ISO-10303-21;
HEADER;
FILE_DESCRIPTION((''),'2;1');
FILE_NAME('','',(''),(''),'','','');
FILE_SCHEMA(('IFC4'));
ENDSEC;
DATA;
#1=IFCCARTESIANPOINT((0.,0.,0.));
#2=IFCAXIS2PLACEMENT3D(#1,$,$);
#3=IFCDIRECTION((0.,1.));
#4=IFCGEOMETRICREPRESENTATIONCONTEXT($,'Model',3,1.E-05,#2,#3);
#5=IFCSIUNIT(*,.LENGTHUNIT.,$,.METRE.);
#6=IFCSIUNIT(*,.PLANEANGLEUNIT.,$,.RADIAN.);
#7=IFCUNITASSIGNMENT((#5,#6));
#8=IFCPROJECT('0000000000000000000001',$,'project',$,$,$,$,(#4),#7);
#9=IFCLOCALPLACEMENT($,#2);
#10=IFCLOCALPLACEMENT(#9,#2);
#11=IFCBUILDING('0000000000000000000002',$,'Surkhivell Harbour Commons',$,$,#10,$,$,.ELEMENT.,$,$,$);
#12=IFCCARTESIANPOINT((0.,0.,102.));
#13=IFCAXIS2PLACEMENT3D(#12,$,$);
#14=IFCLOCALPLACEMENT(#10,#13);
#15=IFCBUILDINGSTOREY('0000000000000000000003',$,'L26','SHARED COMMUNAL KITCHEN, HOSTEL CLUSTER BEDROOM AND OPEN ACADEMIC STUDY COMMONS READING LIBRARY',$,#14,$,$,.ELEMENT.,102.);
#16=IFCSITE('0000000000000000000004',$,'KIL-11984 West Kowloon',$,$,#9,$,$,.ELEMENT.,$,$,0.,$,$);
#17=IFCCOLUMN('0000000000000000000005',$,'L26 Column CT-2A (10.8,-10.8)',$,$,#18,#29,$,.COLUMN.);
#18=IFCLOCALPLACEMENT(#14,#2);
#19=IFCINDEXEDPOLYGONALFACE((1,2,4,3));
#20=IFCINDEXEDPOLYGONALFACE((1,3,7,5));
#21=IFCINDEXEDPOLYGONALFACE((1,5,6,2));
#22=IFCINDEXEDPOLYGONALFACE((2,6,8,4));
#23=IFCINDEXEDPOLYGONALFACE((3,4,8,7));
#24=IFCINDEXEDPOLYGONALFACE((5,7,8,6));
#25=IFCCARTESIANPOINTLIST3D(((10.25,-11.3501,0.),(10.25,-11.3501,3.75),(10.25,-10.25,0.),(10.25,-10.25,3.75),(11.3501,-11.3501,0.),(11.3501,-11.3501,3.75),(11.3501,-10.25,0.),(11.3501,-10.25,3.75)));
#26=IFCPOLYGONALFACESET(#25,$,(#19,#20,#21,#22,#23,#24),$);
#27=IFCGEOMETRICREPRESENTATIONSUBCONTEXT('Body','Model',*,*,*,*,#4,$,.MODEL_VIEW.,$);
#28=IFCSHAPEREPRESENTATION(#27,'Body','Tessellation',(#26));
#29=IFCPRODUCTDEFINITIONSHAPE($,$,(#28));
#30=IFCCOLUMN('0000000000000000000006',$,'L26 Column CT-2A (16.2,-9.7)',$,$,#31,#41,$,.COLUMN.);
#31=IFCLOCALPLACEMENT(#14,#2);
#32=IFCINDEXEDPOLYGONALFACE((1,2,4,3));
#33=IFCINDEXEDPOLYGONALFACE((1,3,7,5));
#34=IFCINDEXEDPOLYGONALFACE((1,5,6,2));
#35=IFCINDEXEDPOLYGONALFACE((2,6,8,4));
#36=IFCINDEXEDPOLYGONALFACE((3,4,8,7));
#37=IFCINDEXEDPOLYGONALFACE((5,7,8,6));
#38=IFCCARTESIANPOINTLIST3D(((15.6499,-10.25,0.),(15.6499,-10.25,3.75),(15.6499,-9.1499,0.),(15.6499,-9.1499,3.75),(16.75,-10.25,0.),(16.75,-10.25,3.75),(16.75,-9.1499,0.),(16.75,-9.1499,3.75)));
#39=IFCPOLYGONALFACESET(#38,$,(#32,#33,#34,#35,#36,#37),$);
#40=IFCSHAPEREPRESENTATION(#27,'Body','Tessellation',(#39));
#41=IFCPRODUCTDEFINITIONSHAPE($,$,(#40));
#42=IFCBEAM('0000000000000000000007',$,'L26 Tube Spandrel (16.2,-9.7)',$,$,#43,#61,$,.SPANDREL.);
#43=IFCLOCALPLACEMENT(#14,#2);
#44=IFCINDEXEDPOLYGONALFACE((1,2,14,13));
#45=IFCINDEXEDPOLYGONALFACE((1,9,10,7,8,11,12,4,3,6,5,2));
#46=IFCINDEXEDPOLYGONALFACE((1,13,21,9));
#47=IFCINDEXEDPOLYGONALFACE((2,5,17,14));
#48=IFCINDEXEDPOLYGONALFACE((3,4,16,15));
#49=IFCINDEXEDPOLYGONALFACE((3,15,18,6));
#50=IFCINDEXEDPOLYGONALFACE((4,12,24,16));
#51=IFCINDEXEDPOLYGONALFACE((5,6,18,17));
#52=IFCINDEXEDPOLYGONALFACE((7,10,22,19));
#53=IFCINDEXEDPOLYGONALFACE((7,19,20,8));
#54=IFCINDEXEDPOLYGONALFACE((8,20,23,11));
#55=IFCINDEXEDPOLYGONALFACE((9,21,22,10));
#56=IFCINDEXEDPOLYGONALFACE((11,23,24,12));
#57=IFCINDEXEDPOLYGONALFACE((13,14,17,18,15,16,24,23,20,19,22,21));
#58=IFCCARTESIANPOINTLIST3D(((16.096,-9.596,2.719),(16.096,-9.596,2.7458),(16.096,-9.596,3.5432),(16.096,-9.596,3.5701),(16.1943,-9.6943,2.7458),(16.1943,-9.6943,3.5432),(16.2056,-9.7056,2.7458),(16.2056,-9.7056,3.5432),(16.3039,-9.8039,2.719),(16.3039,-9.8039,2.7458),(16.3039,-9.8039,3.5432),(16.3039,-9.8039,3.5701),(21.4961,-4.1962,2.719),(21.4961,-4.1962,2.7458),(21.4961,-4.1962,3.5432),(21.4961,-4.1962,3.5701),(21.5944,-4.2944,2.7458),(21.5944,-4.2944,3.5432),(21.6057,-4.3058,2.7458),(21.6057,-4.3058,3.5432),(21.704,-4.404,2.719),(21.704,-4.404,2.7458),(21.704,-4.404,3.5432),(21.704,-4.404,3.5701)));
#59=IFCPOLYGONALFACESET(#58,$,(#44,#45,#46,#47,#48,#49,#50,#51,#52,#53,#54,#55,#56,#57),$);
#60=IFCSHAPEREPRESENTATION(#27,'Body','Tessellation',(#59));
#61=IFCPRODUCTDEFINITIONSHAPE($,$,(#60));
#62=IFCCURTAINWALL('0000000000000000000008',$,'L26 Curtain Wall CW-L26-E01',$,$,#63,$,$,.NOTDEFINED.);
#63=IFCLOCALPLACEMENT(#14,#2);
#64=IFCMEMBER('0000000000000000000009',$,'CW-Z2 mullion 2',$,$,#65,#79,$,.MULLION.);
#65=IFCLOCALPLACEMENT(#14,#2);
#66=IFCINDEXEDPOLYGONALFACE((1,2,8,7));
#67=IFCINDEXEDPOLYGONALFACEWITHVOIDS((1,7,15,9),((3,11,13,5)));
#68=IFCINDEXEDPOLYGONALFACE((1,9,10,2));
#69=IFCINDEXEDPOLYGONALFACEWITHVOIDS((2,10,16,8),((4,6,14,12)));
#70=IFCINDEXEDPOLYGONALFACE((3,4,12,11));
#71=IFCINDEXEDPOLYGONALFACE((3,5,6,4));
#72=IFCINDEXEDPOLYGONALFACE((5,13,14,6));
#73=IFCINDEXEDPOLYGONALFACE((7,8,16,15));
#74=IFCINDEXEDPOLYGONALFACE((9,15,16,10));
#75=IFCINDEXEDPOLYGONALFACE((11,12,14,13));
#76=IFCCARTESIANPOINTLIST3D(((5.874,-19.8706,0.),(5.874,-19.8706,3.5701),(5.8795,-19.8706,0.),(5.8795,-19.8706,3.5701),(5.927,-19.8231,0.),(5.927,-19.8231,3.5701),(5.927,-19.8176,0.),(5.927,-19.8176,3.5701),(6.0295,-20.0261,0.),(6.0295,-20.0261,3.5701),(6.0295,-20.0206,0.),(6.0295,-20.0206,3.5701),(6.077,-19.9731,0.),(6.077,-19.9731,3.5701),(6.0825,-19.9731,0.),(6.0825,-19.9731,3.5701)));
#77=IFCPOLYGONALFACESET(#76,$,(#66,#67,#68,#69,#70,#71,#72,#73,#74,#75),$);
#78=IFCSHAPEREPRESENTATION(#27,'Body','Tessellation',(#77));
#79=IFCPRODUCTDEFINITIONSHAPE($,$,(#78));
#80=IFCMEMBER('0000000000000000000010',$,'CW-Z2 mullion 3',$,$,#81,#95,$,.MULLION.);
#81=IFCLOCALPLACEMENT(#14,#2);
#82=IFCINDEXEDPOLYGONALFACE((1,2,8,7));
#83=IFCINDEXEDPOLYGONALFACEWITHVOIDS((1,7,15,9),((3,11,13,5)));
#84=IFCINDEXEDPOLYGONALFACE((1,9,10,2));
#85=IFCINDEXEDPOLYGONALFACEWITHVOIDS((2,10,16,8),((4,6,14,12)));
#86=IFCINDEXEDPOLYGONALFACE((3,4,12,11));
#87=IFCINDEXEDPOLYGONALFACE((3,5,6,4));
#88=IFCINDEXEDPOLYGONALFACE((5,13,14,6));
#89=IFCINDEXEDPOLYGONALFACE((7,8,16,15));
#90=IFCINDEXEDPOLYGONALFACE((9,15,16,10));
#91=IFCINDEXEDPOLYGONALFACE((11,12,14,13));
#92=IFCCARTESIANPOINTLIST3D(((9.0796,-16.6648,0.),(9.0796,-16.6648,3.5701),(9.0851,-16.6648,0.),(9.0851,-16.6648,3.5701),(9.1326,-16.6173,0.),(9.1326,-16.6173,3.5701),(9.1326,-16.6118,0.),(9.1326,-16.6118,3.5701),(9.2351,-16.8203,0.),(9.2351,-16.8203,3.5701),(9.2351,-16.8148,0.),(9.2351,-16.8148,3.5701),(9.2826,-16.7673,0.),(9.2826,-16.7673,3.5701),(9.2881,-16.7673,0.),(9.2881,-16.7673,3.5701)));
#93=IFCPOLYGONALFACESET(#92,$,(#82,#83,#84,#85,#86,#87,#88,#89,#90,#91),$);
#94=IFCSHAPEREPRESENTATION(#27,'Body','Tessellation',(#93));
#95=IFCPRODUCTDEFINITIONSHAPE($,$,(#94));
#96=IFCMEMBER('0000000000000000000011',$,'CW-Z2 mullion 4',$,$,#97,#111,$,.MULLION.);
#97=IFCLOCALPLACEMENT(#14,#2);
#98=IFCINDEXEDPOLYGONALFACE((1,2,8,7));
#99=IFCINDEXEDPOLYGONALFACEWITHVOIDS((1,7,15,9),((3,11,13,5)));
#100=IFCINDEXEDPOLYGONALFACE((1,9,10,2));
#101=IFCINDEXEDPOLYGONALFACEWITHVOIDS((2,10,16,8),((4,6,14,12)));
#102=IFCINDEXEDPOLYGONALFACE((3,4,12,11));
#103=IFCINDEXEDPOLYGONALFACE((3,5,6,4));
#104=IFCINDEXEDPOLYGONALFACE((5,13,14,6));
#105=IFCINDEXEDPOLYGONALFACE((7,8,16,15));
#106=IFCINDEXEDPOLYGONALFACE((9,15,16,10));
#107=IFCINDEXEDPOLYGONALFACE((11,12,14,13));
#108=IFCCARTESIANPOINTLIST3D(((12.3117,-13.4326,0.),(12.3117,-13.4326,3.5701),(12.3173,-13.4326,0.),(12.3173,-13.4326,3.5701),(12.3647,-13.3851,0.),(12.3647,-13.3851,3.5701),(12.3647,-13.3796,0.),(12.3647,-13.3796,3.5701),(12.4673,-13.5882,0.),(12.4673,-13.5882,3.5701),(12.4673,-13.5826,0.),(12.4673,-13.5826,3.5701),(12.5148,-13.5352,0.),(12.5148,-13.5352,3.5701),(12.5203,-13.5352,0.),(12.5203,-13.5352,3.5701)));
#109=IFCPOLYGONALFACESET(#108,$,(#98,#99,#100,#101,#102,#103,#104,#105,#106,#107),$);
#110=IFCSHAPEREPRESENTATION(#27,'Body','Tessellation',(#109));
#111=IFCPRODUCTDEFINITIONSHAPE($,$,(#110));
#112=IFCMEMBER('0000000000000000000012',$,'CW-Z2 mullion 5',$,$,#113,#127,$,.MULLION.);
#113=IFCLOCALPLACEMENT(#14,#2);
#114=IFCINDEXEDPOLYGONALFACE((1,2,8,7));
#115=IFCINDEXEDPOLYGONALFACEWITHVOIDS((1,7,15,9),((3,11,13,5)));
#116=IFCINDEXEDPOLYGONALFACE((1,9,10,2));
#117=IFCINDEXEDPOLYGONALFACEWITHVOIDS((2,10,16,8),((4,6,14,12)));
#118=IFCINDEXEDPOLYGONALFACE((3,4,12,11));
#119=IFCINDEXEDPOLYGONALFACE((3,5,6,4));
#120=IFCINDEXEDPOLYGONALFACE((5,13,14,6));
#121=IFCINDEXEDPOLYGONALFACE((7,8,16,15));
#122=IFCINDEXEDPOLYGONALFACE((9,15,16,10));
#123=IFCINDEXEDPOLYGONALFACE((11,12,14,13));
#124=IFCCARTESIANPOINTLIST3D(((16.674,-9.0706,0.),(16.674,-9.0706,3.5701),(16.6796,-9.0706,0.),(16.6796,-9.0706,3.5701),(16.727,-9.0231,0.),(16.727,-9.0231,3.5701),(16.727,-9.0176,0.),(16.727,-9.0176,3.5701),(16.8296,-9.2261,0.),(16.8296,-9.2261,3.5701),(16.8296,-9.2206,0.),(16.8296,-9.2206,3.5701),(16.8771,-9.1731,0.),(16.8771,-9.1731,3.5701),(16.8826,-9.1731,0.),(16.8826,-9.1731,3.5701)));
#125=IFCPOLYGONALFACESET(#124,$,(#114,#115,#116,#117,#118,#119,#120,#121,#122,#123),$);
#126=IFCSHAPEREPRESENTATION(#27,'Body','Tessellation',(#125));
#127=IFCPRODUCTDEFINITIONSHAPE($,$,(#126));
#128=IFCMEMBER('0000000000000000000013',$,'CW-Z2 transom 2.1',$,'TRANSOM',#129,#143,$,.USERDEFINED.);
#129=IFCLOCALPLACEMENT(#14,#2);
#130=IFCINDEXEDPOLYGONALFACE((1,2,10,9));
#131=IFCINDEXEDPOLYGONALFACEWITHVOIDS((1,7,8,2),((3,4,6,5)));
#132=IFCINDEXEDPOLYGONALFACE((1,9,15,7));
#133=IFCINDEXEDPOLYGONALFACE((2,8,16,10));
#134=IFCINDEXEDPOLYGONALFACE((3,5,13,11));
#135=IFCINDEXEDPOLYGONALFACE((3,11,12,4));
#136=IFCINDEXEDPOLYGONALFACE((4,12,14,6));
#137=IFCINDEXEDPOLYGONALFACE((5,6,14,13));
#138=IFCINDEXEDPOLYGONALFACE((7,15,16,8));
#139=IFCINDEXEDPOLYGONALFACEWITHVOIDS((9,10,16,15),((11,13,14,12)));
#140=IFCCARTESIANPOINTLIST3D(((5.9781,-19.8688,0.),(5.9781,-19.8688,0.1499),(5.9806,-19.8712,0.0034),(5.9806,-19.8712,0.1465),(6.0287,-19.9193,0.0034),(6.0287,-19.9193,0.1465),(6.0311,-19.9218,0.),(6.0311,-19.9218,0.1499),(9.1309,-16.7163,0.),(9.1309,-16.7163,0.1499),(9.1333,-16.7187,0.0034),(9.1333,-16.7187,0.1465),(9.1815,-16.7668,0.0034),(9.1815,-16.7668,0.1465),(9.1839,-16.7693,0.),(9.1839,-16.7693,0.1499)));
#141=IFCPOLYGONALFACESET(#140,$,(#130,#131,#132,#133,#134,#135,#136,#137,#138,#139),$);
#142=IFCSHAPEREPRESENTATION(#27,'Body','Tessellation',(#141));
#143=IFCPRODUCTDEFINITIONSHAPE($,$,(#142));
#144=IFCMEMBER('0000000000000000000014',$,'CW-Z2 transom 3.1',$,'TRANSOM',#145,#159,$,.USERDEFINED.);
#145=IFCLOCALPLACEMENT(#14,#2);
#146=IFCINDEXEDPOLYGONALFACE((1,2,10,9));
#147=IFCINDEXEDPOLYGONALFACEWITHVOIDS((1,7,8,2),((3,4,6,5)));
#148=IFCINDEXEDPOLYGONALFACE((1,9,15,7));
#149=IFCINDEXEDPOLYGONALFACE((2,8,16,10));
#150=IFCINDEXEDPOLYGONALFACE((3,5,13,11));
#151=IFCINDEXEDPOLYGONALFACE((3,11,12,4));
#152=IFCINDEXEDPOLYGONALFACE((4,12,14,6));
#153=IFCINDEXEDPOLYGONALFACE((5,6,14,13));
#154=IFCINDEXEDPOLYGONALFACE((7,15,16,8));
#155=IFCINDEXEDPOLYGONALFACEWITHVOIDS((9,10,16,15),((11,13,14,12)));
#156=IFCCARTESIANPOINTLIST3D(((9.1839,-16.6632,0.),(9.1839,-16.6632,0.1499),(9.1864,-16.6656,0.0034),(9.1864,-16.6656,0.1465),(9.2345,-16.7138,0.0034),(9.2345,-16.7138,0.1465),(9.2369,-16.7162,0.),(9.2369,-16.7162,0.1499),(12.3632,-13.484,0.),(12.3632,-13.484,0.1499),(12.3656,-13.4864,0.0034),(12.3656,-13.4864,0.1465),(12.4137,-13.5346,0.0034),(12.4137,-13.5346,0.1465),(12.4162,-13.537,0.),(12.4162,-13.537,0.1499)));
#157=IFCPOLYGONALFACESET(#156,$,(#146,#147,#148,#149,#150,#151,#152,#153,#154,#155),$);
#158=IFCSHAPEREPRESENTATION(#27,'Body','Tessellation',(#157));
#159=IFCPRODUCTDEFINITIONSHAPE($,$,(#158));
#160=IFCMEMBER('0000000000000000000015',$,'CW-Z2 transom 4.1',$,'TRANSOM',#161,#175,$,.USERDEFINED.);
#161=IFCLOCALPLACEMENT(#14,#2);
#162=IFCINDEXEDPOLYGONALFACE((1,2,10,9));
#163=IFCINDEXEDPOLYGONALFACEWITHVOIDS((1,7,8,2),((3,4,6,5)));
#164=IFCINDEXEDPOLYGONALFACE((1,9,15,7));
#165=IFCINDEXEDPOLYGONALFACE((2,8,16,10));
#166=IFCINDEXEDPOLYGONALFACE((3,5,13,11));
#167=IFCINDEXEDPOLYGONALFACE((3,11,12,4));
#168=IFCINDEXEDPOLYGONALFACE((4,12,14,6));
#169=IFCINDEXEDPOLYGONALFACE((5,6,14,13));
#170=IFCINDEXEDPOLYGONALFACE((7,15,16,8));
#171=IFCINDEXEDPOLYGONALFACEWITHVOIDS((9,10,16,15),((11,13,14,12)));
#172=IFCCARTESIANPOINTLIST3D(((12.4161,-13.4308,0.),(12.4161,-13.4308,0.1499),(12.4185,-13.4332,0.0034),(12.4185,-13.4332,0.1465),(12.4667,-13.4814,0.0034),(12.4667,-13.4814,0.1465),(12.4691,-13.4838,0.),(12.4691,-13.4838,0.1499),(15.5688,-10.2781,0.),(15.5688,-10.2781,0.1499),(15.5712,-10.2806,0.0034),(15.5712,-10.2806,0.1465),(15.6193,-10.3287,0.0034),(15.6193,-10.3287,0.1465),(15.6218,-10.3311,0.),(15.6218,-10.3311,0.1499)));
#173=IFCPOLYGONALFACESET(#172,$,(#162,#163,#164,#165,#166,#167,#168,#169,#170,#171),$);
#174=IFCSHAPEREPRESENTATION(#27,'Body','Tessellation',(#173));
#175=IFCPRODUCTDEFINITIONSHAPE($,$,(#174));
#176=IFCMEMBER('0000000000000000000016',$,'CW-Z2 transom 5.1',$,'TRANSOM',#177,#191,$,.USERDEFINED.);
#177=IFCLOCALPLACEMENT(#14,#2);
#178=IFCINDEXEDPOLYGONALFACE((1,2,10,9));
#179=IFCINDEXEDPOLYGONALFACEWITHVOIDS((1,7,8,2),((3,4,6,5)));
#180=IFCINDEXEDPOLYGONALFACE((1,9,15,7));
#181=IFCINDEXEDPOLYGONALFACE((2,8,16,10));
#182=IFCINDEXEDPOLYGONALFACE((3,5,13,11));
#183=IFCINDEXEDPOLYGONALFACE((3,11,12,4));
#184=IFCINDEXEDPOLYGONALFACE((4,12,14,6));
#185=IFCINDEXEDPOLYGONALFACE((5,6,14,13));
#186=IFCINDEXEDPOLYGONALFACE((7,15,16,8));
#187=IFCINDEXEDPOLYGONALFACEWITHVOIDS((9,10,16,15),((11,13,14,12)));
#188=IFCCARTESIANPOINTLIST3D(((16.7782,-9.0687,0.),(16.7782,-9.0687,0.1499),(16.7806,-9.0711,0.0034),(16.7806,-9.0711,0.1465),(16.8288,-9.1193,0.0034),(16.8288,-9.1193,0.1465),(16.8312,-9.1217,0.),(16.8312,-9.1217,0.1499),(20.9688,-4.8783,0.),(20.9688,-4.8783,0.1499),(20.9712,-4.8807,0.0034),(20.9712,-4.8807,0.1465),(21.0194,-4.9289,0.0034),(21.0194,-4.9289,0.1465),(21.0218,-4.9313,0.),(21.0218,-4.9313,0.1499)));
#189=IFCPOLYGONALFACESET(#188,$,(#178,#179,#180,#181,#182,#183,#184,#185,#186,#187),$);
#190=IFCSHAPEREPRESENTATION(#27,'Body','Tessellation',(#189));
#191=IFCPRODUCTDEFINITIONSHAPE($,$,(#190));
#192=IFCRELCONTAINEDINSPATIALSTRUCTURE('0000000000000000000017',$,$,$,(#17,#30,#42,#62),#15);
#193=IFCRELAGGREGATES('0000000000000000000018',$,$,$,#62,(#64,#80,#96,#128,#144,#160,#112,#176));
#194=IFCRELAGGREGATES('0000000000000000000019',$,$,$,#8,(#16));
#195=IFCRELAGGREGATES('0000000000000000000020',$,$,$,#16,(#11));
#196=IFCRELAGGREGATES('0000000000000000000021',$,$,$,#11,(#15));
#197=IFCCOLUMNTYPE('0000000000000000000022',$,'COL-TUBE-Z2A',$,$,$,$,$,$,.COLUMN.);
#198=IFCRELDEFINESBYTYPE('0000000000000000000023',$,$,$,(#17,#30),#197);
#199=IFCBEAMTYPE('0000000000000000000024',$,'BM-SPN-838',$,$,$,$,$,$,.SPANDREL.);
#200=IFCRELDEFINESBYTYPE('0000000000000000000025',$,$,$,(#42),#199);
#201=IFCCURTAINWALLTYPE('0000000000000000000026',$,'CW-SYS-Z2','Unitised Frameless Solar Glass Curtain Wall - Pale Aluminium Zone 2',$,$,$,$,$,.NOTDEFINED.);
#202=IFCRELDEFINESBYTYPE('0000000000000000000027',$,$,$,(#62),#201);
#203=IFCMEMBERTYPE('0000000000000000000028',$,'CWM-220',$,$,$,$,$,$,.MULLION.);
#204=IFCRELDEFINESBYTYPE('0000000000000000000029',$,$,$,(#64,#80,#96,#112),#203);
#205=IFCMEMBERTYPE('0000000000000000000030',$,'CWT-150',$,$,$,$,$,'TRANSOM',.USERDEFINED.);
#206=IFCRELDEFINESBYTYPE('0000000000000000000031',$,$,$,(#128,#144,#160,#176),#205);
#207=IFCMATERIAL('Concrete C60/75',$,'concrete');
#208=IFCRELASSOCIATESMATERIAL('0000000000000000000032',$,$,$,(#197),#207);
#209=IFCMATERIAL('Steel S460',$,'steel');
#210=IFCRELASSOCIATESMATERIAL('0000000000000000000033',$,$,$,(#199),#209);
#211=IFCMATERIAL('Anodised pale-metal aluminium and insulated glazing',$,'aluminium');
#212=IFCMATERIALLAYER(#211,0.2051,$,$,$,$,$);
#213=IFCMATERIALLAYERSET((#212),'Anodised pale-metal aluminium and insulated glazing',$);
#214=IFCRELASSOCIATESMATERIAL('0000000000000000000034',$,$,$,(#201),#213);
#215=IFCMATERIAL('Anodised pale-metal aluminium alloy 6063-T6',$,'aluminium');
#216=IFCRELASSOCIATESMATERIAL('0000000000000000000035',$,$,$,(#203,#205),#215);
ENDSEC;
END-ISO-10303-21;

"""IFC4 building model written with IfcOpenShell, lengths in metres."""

from ifc_helpers import new_model, si_unit, direction, frame, origin, origin_2d, place, context, subcontext, project, spatial, rectangle, hollow_rectangle, i_section, extrude, material, layer, layer_set, material_profile, profile_set, type_object, element, aggregate, save


model = new_model("IFC4")

# Units and contexts
model_context = context("Model", 3, precision=1e-05, world=origin(), true_north=direction((0.0, 1.0)))
body_context = subcontext(model_context, "Body", "Model", "MODEL_VIEW")
ifc_project = project(units=[si_unit("LENGTHUNIT", "METRE"), si_unit("PLANEANGLEUNIT", "RADIAN")], contexts=[model_context])

# Site, building, storey
site_placement = place(None, origin())
site = spatial("IfcSite", under=ifc_project, at=site_placement, Name="KIL-11984 West Kowloon", CompositionType="ELEMENT", RefElevation=0.0)
building_placement = place(site_placement, origin())
building = spatial("IfcBuilding", under=site, at=building_placement, Name="Surkhivell Harbour Commons", CompositionType="ELEMENT")
storey_placement = place(building_placement, frame((0.0, 0.0, 102.0)))
storey = spatial("IfcBuildingStorey", under=building, at=storey_placement, Name="L26", Description="SHARED COMMUNAL KITCHEN, HOSTEL CLUSTER BEDROOM AND OPEN ACADEMIC STUDY COMMONS READING LIBRARY", CompositionType="ELEMENT", Elevation=102.0)

# Columns
ifc_material_1 = material(Name="Concrete C60/75", Category="concrete")
ifc_material_profile_1 = material_profile(ifc_material_1, rectangle(XDim=1.1001, YDim=1.1001, at=origin_2d()), Name="RC-COL-1100x1100")
ifc_profile_set_1 = profile_set([ifc_material_profile_1], Name="Concrete C60/75")
column_type = type_object("IfcColumnType", Name="COL-TUBE-Z2A", PredefinedType="COLUMN", material=ifc_profile_set_1)
for number, where, z_axis, x_axis, name in (
    (1, (10.8, -10.8, 0.0), (0.0, 0.0, 1.0), (1.0, 0.0, 0.0), "L26 Column CT-2A (10.8,-10.8)"),
    (2, (16.2, -9.7, 0.0), (0.0, 0.0, 1.0), (1.0, 0.0, 0.0), "L26 Column CT-2A (16.2,-9.7)"),
):
    element("IfcColumn", number, at=place(storey_placement, frame(where, z_axis=z_axis, x_axis=x_axis)), inside=storey, type_object=column_type, Name=name, PredefinedType="COLUMN", context=body_context, shape_type="SweptSolid", body=[
        extrude(rectangle(XDim=1.1001, YDim=1.1001, at=origin_2d()), origin(), (0.0, 0.0, 1.0), 3.75),
    ])

# Beam
ifc_material_2 = material(Name="Steel S460", Category="steel")
ifc_material_profile_2 = material_profile(ifc_material_2, i_section(OverallWidth=0.2939, OverallDepth=0.8511, WebThickness=0.0161, FlangeThickness=0.0269, at=origin_2d()), Name="UB838x292x226")
ifc_profile_set_2 = profile_set([ifc_material_profile_2], Name="Steel S460")
beam_type = type_object("IfcBeamType", Name="BM-SPN-838", PredefinedType="SPANDREL", material=ifc_profile_set_2)
beam_placement = place(storey_placement, frame((16.2, -9.7, 3.1445), z_axis=(0.707123, 0.707091, 0.0), x_axis=(-0.707091, 0.707123, 0.0)))
element("IfcBeam", 3, at=beam_placement, inside=storey, type_object=beam_type, Name="L26 Tube Spandrel (16.2,-9.7)", PredefinedType="SPANDREL", context=body_context, shape_type="SweptSolid", body=[
    extrude(i_section(OverallWidth=0.2939, OverallDepth=0.8511, WebThickness=0.0161, FlangeThickness=0.0269, at=origin_2d()), origin(), (0.0, 0.0, 1.0), 7.6367),
])

# Curtain wall, members
ifc_material_3 = material(Name="Anodised pale-metal aluminium and insulated glazing", Category="aluminium")
ifc_layer_1 = layer(ifc_material_3, 0.2051)
ifc_layer_set_1 = layer_set([ifc_layer_1], Name="Anodised pale-metal aluminium and insulated glazing")
curtain_wall_type = type_object("IfcCurtainWallType", Name="CW-SYS-Z2", Description="Unitised Frameless Solar Glass Curtain Wall - Pale Aluminium Zone 2", PredefinedType="NOTDEFINED", material=ifc_layer_set_1)
curtain_wall_placement = place(storey_placement, origin())
curtain_wall = element("IfcCurtainWall", 4, at=curtain_wall_placement, inside=storey, type_object=curtain_wall_type, Name="L26 Curtain Wall CW-L26-E01", PredefinedType="NOTDEFINED")
ifc_material_4 = material(Name="Anodised pale-metal aluminium alloy 6063-T6", Category="aluminium")
ifc_material_profile_3 = material_profile(ifc_material_4, hollow_rectangle(XDim=0.075, YDim=0.22, WallThickness=0.0039, at=origin_2d()), Name="ALU-MULL-75x220")
ifc_profile_set_3 = profile_set([ifc_material_profile_3], Name="Anodised pale-metal aluminium alloy 6063-T6")
member_type_1 = type_object("IfcMemberType", Name="CWM-220", PredefinedType="MULLION", material=ifc_profile_set_3)
member_1_placement = place(storey_placement, frame((5.9783, -19.9219, 0.0), z_axis=(0.0, 0.0, 1.0), x_axis=(0.707107, 0.707107, 0.0)))
member_1 = element("IfcMember", 5, at=member_1_placement, type_object=member_type_1, Name="CW-Z2 mullion 2", PredefinedType="MULLION", context=body_context, shape_type="SweptSolid", body=[
    extrude(hollow_rectangle(XDim=0.075, YDim=0.22, WallThickness=0.0039, at=origin_2d()), origin(), (0.0, 0.0, 1.0), 3.5701),
])
member_2_placement = place(storey_placement, frame((9.1838, -16.7161, 0.0), z_axis=(0.0, 0.0, 1.0), x_axis=(0.707107, 0.707107, 0.0)))
member_2 = element("IfcMember", 6, at=member_2_placement, type_object=member_type_1, Name="CW-Z2 mullion 3", PredefinedType="MULLION", context=body_context, shape_type="SweptSolid", body=[
    extrude(hollow_rectangle(XDim=0.075, YDim=0.22, WallThickness=0.0039, at=origin_2d()), origin(), (0.0, 0.0, 1.0), 3.5701),
])
member_3_placement = place(storey_placement, frame((12.416, -13.4839, 0.0), z_axis=(0.0, 0.0, 1.0), x_axis=(0.707107, 0.707107, 0.0)))
member_3 = element("IfcMember", 7, at=member_3_placement, type_object=member_type_1, Name="CW-Z2 mullion 4", PredefinedType="MULLION", context=body_context, shape_type="SweptSolid", body=[
    extrude(hollow_rectangle(XDim=0.075, YDim=0.22, WallThickness=0.0039, at=origin_2d()), origin(), (0.0, 0.0, 1.0), 3.5701),
])
member_4_placement = place(storey_placement, frame((16.7783, -9.1218, 0.0), z_axis=(0.0, 0.0, 1.0), x_axis=(0.707107, 0.707107, 0.0)))
member_4 = element("IfcMember", 8, at=member_4_placement, type_object=member_type_1, Name="CW-Z2 mullion 5", PredefinedType="MULLION", context=body_context, shape_type="SweptSolid", body=[
    extrude(hollow_rectangle(XDim=0.075, YDim=0.22, WallThickness=0.0039, at=origin_2d()), origin(), (0.0, 0.0, 1.0), 3.5701),
])
ifc_material_profile_4 = material_profile(ifc_material_4, hollow_rectangle(XDim=0.075, YDim=0.1499, WallThickness=0.0034, at=origin_2d()), Name="ALU-TRAN-75x150")
ifc_profile_set_4 = profile_set([ifc_material_profile_4], Name="Anodised pale-metal aluminium alloy 6063-T6")
member_type_2 = type_object("IfcMemberType", Name="CWT-150", ElementType="TRANSOM", PredefinedType="USERDEFINED", material=ifc_profile_set_4)
member_5_placement = place(storey_placement, frame((6.0046, -19.8953, 0.075), z_axis=(0.707134, 0.707079, 0.0), x_axis=(-0.707079, 0.707134, 0.0)))
member_5 = element("IfcMember", 9, at=member_5_placement, type_object=member_type_2, Name="CW-Z2 transom 2.1", ObjectType="TRANSOM", PredefinedType="USERDEFINED", context=body_context, shape_type="SweptSolid", body=[
    extrude(hollow_rectangle(XDim=0.075, YDim=0.1499, WallThickness=0.0034, at=origin_2d()), origin(), (0.0, 0.0, 1.0), 4.4585),
])
member_6_placement = place(storey_placement, frame((9.2104, -16.6897, 0.075), z_axis=(0.707107, 0.707107, 0.0), x_axis=(-0.707107, 0.707107, 0.0)))
member_6 = element("IfcMember", 10, at=member_6_placement, type_object=member_type_2, Name="CW-Z2 transom 3.1", ObjectType="TRANSOM", PredefinedType="USERDEFINED", context=body_context, shape_type="SweptSolid", body=[
    extrude(hollow_rectangle(XDim=0.075, YDim=0.1499, WallThickness=0.0034, at=origin_2d()), origin(), (0.0, 0.0, 1.0), 4.4961),
])
member_7_placement = place(storey_placement, frame((12.4426, -13.4573, 0.075), z_axis=(0.707107, 0.707107, 0.0), x_axis=(-0.707107, 0.707107, 0.0)))
member_7 = element("IfcMember", 11, at=member_7_placement, type_object=member_type_2, Name="CW-Z2 transom 4.1", ObjectType="TRANSOM", PredefinedType="USERDEFINED", context=body_context, shape_type="SweptSolid", body=[
    extrude(hollow_rectangle(XDim=0.075, YDim=0.1499, WallThickness=0.0034, at=origin_2d()), origin(), (0.0, 0.0, 1.0), 4.4585),
])
member_8_placement = place(storey_placement, frame((16.8047, -9.0952, 0.075), z_axis=(0.707127, 0.707086, 0.0), x_axis=(-0.707086, 0.707127, 0.0)))
member_8 = element("IfcMember", 12, at=member_8_placement, type_object=member_type_2, Name="CW-Z2 transom 5.1", ObjectType="TRANSOM", PredefinedType="USERDEFINED", context=body_context, shape_type="SweptSolid", body=[
    extrude(hollow_rectangle(XDim=0.075, YDim=0.1499, WallThickness=0.0034, at=origin_2d()), origin(), (0.0, 0.0, 1.0), 5.9263),
])
aggregate(curtain_wall, [member_1, member_2, member_3, member_5, member_6, member_7, member_4, member_8])

save(model, "model.ifc")
